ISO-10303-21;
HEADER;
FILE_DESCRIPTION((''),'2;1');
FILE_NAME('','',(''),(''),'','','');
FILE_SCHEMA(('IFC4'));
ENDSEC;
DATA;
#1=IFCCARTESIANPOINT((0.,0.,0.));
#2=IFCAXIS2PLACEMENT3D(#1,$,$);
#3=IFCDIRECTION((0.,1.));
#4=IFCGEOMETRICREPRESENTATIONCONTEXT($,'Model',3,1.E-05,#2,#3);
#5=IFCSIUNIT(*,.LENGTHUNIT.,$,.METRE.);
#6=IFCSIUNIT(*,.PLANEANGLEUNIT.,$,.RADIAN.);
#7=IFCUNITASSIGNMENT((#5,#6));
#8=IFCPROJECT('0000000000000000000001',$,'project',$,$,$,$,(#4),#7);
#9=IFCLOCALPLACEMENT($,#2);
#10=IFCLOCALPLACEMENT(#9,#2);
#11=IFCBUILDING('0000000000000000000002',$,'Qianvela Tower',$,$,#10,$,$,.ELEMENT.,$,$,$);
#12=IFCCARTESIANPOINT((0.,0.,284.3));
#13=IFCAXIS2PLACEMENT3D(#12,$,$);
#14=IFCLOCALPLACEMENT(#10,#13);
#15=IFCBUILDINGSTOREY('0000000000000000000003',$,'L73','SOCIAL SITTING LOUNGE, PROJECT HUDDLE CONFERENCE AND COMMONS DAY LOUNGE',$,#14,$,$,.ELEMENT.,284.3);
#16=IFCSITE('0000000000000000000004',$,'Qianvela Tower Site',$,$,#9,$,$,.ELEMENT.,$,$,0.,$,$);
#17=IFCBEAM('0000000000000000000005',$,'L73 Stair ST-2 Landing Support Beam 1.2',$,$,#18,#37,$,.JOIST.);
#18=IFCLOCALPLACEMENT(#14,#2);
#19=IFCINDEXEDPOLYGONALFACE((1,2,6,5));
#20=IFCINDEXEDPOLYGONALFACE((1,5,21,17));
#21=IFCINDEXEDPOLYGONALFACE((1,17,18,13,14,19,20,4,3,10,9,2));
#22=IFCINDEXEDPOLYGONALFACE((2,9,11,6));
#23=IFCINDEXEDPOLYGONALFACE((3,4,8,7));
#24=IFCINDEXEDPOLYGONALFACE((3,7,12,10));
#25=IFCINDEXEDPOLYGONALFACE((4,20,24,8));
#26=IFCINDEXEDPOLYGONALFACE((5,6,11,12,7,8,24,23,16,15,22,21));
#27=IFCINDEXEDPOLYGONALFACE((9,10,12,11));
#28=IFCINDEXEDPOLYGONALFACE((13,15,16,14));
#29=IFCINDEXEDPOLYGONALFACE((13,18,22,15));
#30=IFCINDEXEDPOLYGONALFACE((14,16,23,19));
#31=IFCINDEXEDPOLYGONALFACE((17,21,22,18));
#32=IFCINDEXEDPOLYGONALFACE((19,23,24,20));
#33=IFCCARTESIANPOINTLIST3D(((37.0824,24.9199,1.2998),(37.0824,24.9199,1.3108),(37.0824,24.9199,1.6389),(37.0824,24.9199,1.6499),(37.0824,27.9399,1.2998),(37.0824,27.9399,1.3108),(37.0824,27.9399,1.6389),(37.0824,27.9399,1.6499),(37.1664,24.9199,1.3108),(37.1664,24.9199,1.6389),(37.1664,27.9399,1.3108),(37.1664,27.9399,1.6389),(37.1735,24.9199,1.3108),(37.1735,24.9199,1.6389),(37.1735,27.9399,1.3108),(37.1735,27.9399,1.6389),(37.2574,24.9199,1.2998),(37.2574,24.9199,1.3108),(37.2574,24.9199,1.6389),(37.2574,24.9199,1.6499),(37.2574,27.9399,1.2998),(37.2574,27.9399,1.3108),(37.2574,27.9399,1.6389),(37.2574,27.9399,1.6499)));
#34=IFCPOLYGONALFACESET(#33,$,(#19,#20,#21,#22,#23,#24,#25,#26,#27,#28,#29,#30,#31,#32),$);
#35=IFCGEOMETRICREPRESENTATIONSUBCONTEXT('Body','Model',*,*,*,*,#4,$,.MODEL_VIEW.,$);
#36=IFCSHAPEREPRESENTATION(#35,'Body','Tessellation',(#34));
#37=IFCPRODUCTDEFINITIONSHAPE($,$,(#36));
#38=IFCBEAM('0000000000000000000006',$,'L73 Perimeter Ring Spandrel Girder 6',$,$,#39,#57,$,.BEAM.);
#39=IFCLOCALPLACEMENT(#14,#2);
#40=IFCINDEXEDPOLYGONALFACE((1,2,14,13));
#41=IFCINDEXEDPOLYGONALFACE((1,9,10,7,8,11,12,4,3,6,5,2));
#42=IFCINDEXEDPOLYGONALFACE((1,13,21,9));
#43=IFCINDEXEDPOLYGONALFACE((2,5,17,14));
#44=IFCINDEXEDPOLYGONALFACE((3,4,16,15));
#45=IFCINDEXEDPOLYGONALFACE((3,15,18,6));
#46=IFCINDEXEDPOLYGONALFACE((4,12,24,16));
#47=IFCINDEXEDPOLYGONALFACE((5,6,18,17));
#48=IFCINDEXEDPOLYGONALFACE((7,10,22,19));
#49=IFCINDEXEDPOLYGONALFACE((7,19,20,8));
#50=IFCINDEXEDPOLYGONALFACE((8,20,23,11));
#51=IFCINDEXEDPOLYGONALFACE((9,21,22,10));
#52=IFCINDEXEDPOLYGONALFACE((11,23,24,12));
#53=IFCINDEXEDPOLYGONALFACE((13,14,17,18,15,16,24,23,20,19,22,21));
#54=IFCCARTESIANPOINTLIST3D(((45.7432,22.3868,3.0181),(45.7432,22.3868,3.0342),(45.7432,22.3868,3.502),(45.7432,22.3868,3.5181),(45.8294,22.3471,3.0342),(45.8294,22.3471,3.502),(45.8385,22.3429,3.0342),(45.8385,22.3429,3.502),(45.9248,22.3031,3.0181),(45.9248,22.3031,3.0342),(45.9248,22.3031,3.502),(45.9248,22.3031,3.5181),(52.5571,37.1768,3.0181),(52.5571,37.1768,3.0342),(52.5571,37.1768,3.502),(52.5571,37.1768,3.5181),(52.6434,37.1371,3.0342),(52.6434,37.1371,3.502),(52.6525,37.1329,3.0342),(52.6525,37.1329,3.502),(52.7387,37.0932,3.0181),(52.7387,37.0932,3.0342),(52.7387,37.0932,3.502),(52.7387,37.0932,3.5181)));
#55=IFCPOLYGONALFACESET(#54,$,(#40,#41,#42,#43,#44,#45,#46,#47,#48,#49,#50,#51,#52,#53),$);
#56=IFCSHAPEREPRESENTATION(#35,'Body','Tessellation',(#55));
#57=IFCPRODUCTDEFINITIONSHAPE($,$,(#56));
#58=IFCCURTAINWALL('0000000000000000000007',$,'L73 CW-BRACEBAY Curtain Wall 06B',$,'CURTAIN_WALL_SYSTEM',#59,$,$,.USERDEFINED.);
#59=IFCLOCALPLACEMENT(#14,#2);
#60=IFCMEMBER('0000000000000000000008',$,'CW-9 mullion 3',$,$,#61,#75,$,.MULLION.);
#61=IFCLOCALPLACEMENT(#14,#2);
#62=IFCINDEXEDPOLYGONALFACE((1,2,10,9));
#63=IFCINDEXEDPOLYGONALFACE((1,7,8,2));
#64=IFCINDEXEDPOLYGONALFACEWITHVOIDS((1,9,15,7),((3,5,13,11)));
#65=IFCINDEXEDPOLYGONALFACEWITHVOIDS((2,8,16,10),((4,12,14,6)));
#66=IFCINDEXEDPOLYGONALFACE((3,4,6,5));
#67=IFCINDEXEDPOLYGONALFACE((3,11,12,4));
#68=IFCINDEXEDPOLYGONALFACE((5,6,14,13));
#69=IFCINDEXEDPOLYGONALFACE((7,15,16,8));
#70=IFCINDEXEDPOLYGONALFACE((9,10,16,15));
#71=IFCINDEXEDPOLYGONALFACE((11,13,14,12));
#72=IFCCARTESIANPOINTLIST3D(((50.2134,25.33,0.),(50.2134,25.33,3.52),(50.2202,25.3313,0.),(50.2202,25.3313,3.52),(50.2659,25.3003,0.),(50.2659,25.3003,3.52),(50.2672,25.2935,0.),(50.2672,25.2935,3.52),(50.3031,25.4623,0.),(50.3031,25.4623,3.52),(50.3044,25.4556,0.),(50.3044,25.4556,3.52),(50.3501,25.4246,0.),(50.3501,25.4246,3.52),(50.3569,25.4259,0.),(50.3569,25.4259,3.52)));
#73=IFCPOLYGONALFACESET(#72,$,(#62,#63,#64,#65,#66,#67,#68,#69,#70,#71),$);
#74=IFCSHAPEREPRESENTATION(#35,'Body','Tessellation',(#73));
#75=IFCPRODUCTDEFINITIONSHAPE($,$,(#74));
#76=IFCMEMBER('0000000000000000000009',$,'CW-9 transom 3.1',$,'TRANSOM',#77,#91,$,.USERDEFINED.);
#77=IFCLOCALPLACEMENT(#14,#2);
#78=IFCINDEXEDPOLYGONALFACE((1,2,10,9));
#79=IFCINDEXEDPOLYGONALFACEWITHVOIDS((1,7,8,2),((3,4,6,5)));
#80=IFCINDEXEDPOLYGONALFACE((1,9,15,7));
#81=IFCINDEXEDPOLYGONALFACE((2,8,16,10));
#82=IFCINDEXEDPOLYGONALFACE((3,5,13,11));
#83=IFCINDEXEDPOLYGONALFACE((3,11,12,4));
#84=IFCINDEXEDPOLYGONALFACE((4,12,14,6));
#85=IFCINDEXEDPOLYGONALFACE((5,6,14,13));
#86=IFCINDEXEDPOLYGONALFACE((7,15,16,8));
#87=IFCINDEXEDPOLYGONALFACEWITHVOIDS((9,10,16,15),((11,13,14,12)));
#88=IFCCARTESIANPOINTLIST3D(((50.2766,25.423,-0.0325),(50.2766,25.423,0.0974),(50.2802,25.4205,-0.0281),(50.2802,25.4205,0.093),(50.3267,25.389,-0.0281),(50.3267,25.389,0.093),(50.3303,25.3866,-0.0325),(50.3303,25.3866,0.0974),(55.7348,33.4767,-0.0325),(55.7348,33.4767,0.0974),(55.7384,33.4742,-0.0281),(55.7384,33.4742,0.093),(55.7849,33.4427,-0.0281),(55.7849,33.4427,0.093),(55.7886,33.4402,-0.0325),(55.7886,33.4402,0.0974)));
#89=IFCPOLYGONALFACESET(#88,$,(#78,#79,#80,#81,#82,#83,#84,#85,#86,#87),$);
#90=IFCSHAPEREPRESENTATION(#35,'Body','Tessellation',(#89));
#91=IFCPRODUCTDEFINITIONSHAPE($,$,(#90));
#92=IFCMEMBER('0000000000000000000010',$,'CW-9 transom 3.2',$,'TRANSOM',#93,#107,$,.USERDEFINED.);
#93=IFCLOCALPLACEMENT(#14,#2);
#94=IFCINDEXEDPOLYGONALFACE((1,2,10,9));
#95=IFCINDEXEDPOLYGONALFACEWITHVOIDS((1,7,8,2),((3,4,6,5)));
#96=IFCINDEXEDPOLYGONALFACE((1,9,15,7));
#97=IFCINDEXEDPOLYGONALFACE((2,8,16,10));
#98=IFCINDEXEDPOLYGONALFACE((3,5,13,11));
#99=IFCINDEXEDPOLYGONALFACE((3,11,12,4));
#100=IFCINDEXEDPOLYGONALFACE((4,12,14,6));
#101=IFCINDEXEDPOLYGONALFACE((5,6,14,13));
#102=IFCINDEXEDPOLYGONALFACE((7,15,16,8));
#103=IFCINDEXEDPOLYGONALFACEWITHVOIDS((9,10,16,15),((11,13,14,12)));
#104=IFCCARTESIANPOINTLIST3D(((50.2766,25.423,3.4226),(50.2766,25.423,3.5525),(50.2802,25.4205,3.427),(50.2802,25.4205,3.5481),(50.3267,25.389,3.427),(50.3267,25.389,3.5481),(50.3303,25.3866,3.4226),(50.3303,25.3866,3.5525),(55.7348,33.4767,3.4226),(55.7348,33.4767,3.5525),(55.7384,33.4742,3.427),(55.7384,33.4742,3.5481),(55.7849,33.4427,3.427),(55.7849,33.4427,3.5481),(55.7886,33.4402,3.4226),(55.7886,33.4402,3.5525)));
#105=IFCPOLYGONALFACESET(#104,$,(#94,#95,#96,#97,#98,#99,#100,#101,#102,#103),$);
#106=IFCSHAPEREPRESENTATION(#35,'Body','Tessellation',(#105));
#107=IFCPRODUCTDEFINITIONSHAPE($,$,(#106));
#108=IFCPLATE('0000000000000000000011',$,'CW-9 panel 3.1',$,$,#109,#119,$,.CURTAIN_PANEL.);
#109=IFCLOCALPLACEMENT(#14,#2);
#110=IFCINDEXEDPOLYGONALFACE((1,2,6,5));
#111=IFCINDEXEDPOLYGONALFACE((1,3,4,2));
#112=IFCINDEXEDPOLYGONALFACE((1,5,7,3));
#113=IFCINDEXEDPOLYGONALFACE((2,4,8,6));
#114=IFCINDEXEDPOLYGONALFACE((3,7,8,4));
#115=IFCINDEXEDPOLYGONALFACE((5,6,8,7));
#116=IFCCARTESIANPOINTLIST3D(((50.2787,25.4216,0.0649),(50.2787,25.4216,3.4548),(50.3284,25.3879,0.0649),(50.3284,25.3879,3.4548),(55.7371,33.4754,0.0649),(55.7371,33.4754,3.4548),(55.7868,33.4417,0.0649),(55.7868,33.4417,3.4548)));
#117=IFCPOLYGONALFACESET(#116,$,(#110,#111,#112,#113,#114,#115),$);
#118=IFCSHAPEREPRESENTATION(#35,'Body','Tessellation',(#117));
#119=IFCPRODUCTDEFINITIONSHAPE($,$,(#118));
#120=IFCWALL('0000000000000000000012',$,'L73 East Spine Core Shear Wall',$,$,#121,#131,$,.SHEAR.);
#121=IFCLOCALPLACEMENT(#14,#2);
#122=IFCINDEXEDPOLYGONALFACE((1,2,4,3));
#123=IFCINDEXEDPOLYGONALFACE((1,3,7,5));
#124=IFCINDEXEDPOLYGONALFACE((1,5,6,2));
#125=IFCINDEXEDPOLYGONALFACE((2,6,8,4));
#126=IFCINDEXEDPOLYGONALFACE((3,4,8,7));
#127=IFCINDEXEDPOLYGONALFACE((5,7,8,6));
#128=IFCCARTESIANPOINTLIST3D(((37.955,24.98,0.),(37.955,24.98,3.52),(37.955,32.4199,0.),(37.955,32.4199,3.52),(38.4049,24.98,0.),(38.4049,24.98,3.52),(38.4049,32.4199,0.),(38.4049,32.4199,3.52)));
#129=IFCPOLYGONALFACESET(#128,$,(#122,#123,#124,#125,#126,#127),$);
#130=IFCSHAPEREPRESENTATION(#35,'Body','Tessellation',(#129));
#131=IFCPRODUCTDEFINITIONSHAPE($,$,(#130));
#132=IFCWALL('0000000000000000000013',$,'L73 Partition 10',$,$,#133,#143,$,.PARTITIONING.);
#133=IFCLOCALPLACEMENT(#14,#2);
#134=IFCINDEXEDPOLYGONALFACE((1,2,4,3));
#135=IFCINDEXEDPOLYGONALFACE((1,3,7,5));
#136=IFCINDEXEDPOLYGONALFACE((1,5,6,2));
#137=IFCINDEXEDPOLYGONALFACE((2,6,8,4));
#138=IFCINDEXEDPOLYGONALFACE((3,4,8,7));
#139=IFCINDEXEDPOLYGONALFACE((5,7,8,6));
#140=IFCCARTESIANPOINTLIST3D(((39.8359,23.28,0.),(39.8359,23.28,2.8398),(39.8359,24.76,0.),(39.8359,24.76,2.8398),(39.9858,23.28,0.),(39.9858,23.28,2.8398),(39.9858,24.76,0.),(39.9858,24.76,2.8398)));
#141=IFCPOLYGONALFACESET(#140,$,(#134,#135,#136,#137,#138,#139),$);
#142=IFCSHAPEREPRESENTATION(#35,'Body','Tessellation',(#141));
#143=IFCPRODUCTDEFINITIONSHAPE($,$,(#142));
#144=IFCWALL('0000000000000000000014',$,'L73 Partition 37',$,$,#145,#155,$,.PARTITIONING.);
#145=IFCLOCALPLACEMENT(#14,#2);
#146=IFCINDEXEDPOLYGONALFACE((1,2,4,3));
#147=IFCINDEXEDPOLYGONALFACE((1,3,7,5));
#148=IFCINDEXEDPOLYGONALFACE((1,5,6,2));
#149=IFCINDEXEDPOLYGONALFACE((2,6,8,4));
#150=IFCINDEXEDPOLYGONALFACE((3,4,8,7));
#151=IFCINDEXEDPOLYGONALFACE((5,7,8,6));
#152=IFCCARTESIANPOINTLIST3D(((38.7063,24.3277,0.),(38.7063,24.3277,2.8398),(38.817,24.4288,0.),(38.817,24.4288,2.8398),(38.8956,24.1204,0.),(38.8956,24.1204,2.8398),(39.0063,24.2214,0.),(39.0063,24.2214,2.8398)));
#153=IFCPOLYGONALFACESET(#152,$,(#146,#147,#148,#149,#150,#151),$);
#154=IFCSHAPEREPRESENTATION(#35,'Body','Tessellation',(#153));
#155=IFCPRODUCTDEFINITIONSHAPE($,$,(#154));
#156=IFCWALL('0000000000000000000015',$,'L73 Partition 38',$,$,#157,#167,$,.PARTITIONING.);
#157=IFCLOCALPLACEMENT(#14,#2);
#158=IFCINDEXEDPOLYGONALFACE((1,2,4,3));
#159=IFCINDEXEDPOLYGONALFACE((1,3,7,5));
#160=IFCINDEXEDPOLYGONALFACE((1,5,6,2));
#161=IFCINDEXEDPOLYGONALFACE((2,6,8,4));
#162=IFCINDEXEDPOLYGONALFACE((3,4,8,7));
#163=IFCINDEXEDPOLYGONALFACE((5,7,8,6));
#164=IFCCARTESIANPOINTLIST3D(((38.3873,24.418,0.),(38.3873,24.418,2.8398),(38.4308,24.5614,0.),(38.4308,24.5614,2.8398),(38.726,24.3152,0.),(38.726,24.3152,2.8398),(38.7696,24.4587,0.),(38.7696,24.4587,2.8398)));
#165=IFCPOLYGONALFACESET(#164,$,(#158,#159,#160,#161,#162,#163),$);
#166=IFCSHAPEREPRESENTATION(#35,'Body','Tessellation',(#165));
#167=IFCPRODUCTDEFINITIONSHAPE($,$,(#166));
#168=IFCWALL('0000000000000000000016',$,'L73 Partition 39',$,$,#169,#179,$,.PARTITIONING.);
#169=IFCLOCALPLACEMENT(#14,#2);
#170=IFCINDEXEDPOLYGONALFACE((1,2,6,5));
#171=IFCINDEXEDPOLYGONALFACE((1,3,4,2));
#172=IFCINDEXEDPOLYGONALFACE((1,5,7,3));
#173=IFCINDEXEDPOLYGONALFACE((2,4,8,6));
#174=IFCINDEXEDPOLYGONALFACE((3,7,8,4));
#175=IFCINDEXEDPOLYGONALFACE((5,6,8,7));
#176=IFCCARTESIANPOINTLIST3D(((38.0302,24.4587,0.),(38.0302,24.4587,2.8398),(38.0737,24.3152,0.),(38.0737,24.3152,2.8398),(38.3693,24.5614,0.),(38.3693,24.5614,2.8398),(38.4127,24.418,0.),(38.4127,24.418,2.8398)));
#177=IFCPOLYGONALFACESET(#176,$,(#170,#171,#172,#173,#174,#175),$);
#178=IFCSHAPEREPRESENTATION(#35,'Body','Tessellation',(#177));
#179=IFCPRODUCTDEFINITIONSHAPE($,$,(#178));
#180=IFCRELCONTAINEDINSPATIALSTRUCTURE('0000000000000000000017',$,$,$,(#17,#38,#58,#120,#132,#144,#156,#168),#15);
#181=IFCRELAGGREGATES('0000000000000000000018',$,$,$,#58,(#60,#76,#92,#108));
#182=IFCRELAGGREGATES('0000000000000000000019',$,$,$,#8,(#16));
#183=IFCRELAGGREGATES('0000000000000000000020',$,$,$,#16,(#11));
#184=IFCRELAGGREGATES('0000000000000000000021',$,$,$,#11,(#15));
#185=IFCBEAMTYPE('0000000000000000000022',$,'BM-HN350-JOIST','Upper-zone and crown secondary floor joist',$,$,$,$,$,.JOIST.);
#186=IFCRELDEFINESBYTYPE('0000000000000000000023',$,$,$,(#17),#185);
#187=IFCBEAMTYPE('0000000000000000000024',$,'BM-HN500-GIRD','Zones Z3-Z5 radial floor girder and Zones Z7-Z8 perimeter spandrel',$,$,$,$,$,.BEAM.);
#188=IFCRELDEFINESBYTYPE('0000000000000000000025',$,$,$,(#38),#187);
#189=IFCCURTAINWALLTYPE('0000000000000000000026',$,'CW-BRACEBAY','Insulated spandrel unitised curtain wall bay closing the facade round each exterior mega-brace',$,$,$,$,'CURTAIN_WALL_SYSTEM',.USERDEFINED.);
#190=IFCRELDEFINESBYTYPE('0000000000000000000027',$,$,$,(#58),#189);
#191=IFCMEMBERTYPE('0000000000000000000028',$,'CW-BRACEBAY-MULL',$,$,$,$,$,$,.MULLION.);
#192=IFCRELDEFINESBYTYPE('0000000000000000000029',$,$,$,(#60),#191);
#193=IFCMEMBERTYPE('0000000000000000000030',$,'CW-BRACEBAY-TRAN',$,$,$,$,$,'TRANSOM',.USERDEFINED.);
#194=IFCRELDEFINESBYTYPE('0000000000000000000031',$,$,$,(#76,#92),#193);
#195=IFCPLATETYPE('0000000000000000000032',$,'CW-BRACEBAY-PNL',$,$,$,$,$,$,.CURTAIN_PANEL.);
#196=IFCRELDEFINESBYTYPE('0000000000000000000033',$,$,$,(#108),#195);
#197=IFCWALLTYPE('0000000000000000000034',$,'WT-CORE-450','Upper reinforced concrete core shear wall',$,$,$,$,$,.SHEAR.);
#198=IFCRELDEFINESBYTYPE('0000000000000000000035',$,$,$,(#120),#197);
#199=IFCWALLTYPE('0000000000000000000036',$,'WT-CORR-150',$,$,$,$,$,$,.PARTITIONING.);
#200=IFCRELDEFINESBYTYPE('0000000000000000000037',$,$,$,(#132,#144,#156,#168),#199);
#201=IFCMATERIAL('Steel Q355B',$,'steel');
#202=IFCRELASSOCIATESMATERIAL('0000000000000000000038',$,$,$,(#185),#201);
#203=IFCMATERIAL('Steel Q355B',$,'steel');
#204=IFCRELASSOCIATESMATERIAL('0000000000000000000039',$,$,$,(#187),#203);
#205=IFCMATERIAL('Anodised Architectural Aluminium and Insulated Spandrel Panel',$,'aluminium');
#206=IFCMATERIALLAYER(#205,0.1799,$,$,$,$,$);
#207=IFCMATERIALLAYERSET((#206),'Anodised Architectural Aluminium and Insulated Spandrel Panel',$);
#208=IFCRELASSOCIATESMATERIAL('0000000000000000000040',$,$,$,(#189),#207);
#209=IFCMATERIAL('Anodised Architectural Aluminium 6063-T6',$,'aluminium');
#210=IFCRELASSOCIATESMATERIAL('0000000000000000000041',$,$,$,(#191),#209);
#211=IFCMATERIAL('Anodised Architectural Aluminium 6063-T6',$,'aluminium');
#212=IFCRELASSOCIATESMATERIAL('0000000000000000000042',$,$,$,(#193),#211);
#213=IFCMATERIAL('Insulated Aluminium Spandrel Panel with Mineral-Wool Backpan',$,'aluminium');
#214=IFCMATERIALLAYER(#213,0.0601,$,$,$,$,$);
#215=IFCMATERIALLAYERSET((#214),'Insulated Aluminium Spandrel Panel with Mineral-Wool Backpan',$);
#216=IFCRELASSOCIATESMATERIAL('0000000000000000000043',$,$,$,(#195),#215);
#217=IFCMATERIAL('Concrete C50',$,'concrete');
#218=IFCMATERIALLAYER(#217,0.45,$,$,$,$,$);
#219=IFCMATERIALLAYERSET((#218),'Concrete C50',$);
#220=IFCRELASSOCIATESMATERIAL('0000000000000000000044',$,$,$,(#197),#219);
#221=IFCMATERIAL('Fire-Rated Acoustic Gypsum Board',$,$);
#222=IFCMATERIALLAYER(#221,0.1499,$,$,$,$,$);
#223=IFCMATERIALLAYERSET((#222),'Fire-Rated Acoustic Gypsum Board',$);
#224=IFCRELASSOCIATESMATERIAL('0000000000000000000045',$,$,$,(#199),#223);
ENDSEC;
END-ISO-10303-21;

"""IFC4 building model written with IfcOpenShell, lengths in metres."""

from ifc_helpers import new_model, si_unit, direction, frame, frame_2d, origin, origin_2d, place, context, subcontext, project, spatial, rectangle, hollow_rectangle, i_section, extrude, material, layer, layer_set, material_profile, profile_set, type_object, element, aggregate, save


model = new_model("IFC4")

# Units and contexts
model_context = context("Model", 3, precision=1e-05, world=origin(), true_north=direction((0.0, 1.0)))
body_context = subcontext(model_context, "Body", "Model", "MODEL_VIEW")
ifc_project = project(units=[si_unit("LENGTHUNIT", "METRE"), si_unit("PLANEANGLEUNIT", "RADIAN")], contexts=[model_context])

# Site, building, storey
site_placement = place(None, origin())
site = spatial("IfcSite", under=ifc_project, at=site_placement, Name="Qianvela Tower Site", CompositionType="ELEMENT", RefElevation=0.0)
building_placement = place(site_placement, origin())
building = spatial("IfcBuilding", under=site, at=building_placement, Name="Qianvela Tower", CompositionType="ELEMENT")
storey_placement = place(building_placement, frame((0.0, 0.0, 284.3)))
storey = spatial("IfcBuildingStorey", under=building, at=storey_placement, Name="L73", Description="SOCIAL SITTING LOUNGE, PROJECT HUDDLE CONFERENCE AND COMMONS DAY LOUNGE", CompositionType="ELEMENT", Elevation=284.3)

# Beams
ifc_material_1 = material(Name="Steel Q355B", Category="steel")
ifc_material_profile_1 = material_profile(ifc_material_1, i_section(OverallWidth=0.175, OverallDepth=0.3501, WebThickness=0.0071, FlangeThickness=0.011, at=origin_2d()), Name="HN350x175x7x11")
ifc_profile_set_1 = profile_set([ifc_material_profile_1], Name="Steel Q355B")
beam_type_1 = type_object("IfcBeamType", Name="BM-HN350-JOIST", Description="Upper-zone and crown secondary floor joist", PredefinedType="JOIST", material=ifc_profile_set_1)
for number, where, z_axis, x_axis, name in (
    (1, (37.1699, 24.9199, 1.4749), (0.0, 1.0, 0.0), (-1.0, 0.0, 0.0), "L73 Stair ST-2 Landing Support Beam 1.2"),
):
    element("IfcBeam", number, at=place(storey_placement, frame(where, z_axis=z_axis, x_axis=x_axis)), inside=storey, type_object=beam_type_1, Name=name, PredefinedType="JOIST", context=body_context, shape_type="SweptSolid", body=[
        extrude(i_section(OverallWidth=0.175, OverallDepth=0.3501, WebThickness=0.0071, FlangeThickness=0.011, at=origin_2d()), origin(), (0.0, 0.0, 1.0), 3.02),
    ])
ifc_material_2 = material(Name="Steel Q355B", Category="steel")
ifc_material_profile_2 = material_profile(ifc_material_2, i_section(OverallWidth=0.2, OverallDepth=0.5, WebThickness=0.01, FlangeThickness=0.0161, at=origin_2d()), Name="HN500x200x10x16")
ifc_profile_set_2 = profile_set([ifc_material_profile_2], Name="Steel Q355B")
beam_type_2 = type_object("IfcBeamType", Name="BM-HN500-GIRD", Description="Zones Z3-Z5 radial floor girder and Zones Z7-Z8 perimeter spandrel", PredefinedType="BEAM", material=ifc_profile_set_2)
beam_placement = place(storey_placement, frame((45.834, 22.345, 3.2681), z_axis=(0.41844, 0.908244, 0.0), x_axis=(-0.908244, 0.41844, 0.0)))
element("IfcBeam", 2, at=beam_placement, inside=storey, type_object=beam_type_2, Name="L73 Perimeter Ring Spandrel Girder 6", PredefinedType="BEAM", context=body_context, shape_type="SweptSolid", body=[
    extrude(i_section(OverallWidth=0.2, OverallDepth=0.5, WebThickness=0.01, FlangeThickness=0.0161, at=origin_2d()), origin(), (0.0, 0.0, 1.0), 16.2842),
])

# Curtain wall, members, plate
ifc_material_3 = material(Name="Anodised Architectural Aluminium and Insulated Spandrel Panel", Category="aluminium")
ifc_layer_1 = layer(ifc_material_3, 0.1799)
ifc_layer_set_1 = layer_set([ifc_layer_1], Name="Anodised Architectural Aluminium and Insulated Spandrel Panel")
curtain_wall_type = type_object("IfcCurtainWallType", Name="CW-BRACEBAY", Description="Insulated spandrel unitised curtain wall bay closing the facade round each exterior mega-brace", ElementType="CURTAIN_WALL_SYSTEM", PredefinedType="USERDEFINED", material=ifc_layer_set_1)
curtain_wall_placement = place(storey_placement, origin())
curtain_wall = element("IfcCurtainWall", 3, at=curtain_wall_placement, inside=storey, type_object=curtain_wall_type, Name="L73 CW-BRACEBAY Curtain Wall 06B", ObjectType="CURTAIN_WALL_SYSTEM", PredefinedType="USERDEFINED")
ifc_material_4 = material(Name="Anodised Architectural Aluminium 6063-T6", Category="aluminium")
ifc_material_profile_3 = material_profile(ifc_material_4, hollow_rectangle(XDim=0.0649, YDim=0.1599, WallThickness=0.0049, at=origin_2d()), Name="ALU-MULL-65x160")
ifc_profile_set_3 = profile_set([ifc_material_profile_3], Name="Anodised Architectural Aluminium 6063-T6")
member_type_1 = type_object("IfcMemberType", Name="CW-BRACEBAY-MULL", PredefinedType="MULLION", material=ifc_profile_set_3)
member_1_placement = place(storey_placement, frame((50.2852, 25.3779, 0.0), z_axis=(0.0, 0.0, 1.0), x_axis=(-0.827795, 0.561031, 0.0)))
member_1 = element("IfcMember", 4, at=member_1_placement, type_object=member_type_1, Name="CW-9 mullion 3", PredefinedType="MULLION", context=body_context, shape_type="SweptSolid", body=[
    extrude(hollow_rectangle(XDim=0.0649, YDim=0.1599, WallThickness=0.0049, at=origin_2d()), origin(), (0.0, 0.0, 1.0), 3.52),
])
ifc_material_5 = material(Name="Anodised Architectural Aluminium 6063-T6", Category="aluminium")
ifc_material_profile_4 = material_profile(ifc_material_5, hollow_rectangle(XDim=0.0649, YDim=0.1299, WallThickness=0.0044, at=origin_2d()), Name="ALU-TRAN-65x130")
ifc_profile_set_4 = profile_set([ifc_material_profile_4], Name="Anodised Architectural Aluminium 6063-T6")
member_type_2 = type_object("IfcMemberType", Name="CW-BRACEBAY-TRAN", ElementType="TRANSOM", PredefinedType="USERDEFINED", material=ifc_profile_set_4)
member_2_placement = place(storey_placement, frame((50.3035, 25.4048, 0.0325), z_axis=(0.561025, 0.827799, 0.0), x_axis=(-0.827799, 0.561025, 0.0)))
member_2 = element("IfcMember", 5, at=member_2_placement, type_object=member_type_2, Name="CW-9 transom 3.1", ObjectType="TRANSOM", PredefinedType="USERDEFINED", context=body_context, shape_type="SweptSolid", body=[
    extrude(hollow_rectangle(XDim=0.0649, YDim=0.1299, WallThickness=0.0044, at=origin_2d()), origin(), (0.0, 0.0, 1.0), 9.729),
])
member_3_placement = place(storey_placement, frame((50.3035, 25.4048, 3.4875), z_axis=(0.561025, 0.827799, 0.0), x_axis=(-0.827799, 0.561025, 0.0)))
member_3 = element("IfcMember", 6, at=member_3_placement, type_object=member_type_2, Name="CW-9 transom 3.2", ObjectType="TRANSOM", PredefinedType="USERDEFINED", context=body_context, shape_type="SweptSolid", body=[
    extrude(hollow_rectangle(XDim=0.0649, YDim=0.1299, WallThickness=0.0044, at=origin_2d()), origin(), (0.0, 0.0, 1.0), 9.729),
])
ifc_material_6 = material(Name="Insulated Aluminium Spandrel Panel with Mineral-Wool Backpan", Category="aluminium")
ifc_layer_2 = layer(ifc_material_6, 0.0601)
ifc_layer_set_2 = layer_set([ifc_layer_2], Name="Insulated Aluminium Spandrel Panel with Mineral-Wool Backpan")
plate_type = type_object("IfcPlateType", Name="CW-BRACEBAY-PNL", PredefinedType="CURTAIN_PANEL", material=ifc_layer_set_2)
plate_placement = place(storey_placement, frame((53.0327, 29.4316, 0.0649), z_axis=(0.0, 0.0, 1.0), x_axis=(0.561031, 0.827795, 0.0)))
plate = element("IfcPlate", 7, at=plate_placement, type_object=plate_type, Name="CW-9 panel 3.1", PredefinedType="CURTAIN_PANEL", context=body_context, shape_type="SweptSolid", body=[
    extrude(rectangle(XDim=9.7292, YDim=0.0601, at=origin_2d()), origin(), (0.0, 0.0, 1.0), 3.3899),
])
aggregate(curtain_wall, [member_1, member_2, member_3, plate])

# Walls
ifc_material_7 = material(Name="Concrete C50", Category="concrete")
ifc_layer_3 = layer(ifc_material_7, 0.45)
ifc_layer_set_3 = layer_set([ifc_layer_3], Name="Concrete C50")
wall_type_1 = type_object("IfcWallType", Name="WT-CORE-450", Description="Upper reinforced concrete core shear wall", PredefinedType="SHEAR", material=ifc_layer_set_3)
wall_1_placement = place(storey_placement, frame((38.1799, 24.98, 0.0), z_axis=(0.0, 0.0, 1.0), x_axis=(0.0, 1.0, 0.0)))
element("IfcWall", 8, at=wall_1_placement, inside=storey, type_object=wall_type_1, Name="L73 East Spine Core Shear Wall", PredefinedType="SHEAR", context=body_context, shape_type="SweptSolid", body=[
    extrude(rectangle(XDim=7.4399, YDim=0.45, at=frame_2d((3.72, 0.0))), origin(), (0.0, 0.0, 1.0), 3.52),
])
ifc_material_8 = material(Name="Fire-Rated Acoustic Gypsum Board")
ifc_layer_4 = layer(ifc_material_8, 0.1499)
ifc_layer_set_4 = layer_set([ifc_layer_4], Name="Fire-Rated Acoustic Gypsum Board")
wall_type_2 = type_object("IfcWallType", Name="WT-CORR-150", PredefinedType="PARTITIONING", material=ifc_layer_set_4)
wall_2_placement = place(storey_placement, frame((39.9109, 23.28, 0.0), z_axis=(0.0, 0.0, 1.0), x_axis=(0.0, 1.0, 0.0)))
element("IfcWall", 9, at=wall_2_placement, inside=storey, type_object=wall_type_2, Name="L73 Partition 10", PredefinedType="PARTITIONING", context=body_context, shape_type="SweptSolid", body=[
    extrude(rectangle(XDim=1.48, YDim=0.1499, at=frame_2d((0.74, 0.0))), origin(), (0.0, 0.0, 1.0), 2.8398),
])
wall_3_placement = place(storey_placement, frame((38.9509, 24.1709, 0.0), z_axis=(0.0, 0.0, 1.0), x_axis=(-0.674187, 0.738561, 0.0)))
element("IfcWall", 10, at=wall_3_placement, inside=storey, type_object=wall_type_2, Name="L73 Partition 37", PredefinedType="PARTITIONING", context=body_context, shape_type="SweptSolid", body=[
    extrude(rectangle(XDim=0.2808, YDim=0.1499, at=frame_2d((0.1404, 0.0))), origin(), (0.0, 0.0, 1.0), 2.8398),
])
wall_4_placement = place(storey_placement, frame((38.7478, 24.387, 0.0), z_axis=(0.0, 0.0, 1.0), x_axis=(-0.956949, 0.290256, 0.0)))
element("IfcWall", 11, at=wall_4_placement, inside=storey, type_object=wall_type_2, Name="L73 Partition 38", PredefinedType="PARTITIONING", context=body_context, shape_type="SweptSolid", body=[
    extrude(rectangle(XDim=0.354, YDim=0.1499, at=frame_2d((0.177, 0.0))), origin(), (0.0, 0.0, 1.0), 2.8398),
])
wall_5_placement = place(storey_placement, frame((38.3911, 24.4897, 0.0), z_axis=(0.0, 0.0, 1.0), x_axis=(-0.957007, -0.290065, 0.0)))
element("IfcWall", 12, at=wall_5_placement, inside=storey, type_object=wall_type_2, Name="L73 Partition 39", PredefinedType="PARTITIONING", context=body_context, shape_type="SweptSolid", body=[
    extrude(rectangle(XDim=0.3542, YDim=0.1499, at=frame_2d((0.1772, 0.0))), origin(), (0.0, 0.0, 1.0), 2.8398),
])

save(model, "model.ifc")
